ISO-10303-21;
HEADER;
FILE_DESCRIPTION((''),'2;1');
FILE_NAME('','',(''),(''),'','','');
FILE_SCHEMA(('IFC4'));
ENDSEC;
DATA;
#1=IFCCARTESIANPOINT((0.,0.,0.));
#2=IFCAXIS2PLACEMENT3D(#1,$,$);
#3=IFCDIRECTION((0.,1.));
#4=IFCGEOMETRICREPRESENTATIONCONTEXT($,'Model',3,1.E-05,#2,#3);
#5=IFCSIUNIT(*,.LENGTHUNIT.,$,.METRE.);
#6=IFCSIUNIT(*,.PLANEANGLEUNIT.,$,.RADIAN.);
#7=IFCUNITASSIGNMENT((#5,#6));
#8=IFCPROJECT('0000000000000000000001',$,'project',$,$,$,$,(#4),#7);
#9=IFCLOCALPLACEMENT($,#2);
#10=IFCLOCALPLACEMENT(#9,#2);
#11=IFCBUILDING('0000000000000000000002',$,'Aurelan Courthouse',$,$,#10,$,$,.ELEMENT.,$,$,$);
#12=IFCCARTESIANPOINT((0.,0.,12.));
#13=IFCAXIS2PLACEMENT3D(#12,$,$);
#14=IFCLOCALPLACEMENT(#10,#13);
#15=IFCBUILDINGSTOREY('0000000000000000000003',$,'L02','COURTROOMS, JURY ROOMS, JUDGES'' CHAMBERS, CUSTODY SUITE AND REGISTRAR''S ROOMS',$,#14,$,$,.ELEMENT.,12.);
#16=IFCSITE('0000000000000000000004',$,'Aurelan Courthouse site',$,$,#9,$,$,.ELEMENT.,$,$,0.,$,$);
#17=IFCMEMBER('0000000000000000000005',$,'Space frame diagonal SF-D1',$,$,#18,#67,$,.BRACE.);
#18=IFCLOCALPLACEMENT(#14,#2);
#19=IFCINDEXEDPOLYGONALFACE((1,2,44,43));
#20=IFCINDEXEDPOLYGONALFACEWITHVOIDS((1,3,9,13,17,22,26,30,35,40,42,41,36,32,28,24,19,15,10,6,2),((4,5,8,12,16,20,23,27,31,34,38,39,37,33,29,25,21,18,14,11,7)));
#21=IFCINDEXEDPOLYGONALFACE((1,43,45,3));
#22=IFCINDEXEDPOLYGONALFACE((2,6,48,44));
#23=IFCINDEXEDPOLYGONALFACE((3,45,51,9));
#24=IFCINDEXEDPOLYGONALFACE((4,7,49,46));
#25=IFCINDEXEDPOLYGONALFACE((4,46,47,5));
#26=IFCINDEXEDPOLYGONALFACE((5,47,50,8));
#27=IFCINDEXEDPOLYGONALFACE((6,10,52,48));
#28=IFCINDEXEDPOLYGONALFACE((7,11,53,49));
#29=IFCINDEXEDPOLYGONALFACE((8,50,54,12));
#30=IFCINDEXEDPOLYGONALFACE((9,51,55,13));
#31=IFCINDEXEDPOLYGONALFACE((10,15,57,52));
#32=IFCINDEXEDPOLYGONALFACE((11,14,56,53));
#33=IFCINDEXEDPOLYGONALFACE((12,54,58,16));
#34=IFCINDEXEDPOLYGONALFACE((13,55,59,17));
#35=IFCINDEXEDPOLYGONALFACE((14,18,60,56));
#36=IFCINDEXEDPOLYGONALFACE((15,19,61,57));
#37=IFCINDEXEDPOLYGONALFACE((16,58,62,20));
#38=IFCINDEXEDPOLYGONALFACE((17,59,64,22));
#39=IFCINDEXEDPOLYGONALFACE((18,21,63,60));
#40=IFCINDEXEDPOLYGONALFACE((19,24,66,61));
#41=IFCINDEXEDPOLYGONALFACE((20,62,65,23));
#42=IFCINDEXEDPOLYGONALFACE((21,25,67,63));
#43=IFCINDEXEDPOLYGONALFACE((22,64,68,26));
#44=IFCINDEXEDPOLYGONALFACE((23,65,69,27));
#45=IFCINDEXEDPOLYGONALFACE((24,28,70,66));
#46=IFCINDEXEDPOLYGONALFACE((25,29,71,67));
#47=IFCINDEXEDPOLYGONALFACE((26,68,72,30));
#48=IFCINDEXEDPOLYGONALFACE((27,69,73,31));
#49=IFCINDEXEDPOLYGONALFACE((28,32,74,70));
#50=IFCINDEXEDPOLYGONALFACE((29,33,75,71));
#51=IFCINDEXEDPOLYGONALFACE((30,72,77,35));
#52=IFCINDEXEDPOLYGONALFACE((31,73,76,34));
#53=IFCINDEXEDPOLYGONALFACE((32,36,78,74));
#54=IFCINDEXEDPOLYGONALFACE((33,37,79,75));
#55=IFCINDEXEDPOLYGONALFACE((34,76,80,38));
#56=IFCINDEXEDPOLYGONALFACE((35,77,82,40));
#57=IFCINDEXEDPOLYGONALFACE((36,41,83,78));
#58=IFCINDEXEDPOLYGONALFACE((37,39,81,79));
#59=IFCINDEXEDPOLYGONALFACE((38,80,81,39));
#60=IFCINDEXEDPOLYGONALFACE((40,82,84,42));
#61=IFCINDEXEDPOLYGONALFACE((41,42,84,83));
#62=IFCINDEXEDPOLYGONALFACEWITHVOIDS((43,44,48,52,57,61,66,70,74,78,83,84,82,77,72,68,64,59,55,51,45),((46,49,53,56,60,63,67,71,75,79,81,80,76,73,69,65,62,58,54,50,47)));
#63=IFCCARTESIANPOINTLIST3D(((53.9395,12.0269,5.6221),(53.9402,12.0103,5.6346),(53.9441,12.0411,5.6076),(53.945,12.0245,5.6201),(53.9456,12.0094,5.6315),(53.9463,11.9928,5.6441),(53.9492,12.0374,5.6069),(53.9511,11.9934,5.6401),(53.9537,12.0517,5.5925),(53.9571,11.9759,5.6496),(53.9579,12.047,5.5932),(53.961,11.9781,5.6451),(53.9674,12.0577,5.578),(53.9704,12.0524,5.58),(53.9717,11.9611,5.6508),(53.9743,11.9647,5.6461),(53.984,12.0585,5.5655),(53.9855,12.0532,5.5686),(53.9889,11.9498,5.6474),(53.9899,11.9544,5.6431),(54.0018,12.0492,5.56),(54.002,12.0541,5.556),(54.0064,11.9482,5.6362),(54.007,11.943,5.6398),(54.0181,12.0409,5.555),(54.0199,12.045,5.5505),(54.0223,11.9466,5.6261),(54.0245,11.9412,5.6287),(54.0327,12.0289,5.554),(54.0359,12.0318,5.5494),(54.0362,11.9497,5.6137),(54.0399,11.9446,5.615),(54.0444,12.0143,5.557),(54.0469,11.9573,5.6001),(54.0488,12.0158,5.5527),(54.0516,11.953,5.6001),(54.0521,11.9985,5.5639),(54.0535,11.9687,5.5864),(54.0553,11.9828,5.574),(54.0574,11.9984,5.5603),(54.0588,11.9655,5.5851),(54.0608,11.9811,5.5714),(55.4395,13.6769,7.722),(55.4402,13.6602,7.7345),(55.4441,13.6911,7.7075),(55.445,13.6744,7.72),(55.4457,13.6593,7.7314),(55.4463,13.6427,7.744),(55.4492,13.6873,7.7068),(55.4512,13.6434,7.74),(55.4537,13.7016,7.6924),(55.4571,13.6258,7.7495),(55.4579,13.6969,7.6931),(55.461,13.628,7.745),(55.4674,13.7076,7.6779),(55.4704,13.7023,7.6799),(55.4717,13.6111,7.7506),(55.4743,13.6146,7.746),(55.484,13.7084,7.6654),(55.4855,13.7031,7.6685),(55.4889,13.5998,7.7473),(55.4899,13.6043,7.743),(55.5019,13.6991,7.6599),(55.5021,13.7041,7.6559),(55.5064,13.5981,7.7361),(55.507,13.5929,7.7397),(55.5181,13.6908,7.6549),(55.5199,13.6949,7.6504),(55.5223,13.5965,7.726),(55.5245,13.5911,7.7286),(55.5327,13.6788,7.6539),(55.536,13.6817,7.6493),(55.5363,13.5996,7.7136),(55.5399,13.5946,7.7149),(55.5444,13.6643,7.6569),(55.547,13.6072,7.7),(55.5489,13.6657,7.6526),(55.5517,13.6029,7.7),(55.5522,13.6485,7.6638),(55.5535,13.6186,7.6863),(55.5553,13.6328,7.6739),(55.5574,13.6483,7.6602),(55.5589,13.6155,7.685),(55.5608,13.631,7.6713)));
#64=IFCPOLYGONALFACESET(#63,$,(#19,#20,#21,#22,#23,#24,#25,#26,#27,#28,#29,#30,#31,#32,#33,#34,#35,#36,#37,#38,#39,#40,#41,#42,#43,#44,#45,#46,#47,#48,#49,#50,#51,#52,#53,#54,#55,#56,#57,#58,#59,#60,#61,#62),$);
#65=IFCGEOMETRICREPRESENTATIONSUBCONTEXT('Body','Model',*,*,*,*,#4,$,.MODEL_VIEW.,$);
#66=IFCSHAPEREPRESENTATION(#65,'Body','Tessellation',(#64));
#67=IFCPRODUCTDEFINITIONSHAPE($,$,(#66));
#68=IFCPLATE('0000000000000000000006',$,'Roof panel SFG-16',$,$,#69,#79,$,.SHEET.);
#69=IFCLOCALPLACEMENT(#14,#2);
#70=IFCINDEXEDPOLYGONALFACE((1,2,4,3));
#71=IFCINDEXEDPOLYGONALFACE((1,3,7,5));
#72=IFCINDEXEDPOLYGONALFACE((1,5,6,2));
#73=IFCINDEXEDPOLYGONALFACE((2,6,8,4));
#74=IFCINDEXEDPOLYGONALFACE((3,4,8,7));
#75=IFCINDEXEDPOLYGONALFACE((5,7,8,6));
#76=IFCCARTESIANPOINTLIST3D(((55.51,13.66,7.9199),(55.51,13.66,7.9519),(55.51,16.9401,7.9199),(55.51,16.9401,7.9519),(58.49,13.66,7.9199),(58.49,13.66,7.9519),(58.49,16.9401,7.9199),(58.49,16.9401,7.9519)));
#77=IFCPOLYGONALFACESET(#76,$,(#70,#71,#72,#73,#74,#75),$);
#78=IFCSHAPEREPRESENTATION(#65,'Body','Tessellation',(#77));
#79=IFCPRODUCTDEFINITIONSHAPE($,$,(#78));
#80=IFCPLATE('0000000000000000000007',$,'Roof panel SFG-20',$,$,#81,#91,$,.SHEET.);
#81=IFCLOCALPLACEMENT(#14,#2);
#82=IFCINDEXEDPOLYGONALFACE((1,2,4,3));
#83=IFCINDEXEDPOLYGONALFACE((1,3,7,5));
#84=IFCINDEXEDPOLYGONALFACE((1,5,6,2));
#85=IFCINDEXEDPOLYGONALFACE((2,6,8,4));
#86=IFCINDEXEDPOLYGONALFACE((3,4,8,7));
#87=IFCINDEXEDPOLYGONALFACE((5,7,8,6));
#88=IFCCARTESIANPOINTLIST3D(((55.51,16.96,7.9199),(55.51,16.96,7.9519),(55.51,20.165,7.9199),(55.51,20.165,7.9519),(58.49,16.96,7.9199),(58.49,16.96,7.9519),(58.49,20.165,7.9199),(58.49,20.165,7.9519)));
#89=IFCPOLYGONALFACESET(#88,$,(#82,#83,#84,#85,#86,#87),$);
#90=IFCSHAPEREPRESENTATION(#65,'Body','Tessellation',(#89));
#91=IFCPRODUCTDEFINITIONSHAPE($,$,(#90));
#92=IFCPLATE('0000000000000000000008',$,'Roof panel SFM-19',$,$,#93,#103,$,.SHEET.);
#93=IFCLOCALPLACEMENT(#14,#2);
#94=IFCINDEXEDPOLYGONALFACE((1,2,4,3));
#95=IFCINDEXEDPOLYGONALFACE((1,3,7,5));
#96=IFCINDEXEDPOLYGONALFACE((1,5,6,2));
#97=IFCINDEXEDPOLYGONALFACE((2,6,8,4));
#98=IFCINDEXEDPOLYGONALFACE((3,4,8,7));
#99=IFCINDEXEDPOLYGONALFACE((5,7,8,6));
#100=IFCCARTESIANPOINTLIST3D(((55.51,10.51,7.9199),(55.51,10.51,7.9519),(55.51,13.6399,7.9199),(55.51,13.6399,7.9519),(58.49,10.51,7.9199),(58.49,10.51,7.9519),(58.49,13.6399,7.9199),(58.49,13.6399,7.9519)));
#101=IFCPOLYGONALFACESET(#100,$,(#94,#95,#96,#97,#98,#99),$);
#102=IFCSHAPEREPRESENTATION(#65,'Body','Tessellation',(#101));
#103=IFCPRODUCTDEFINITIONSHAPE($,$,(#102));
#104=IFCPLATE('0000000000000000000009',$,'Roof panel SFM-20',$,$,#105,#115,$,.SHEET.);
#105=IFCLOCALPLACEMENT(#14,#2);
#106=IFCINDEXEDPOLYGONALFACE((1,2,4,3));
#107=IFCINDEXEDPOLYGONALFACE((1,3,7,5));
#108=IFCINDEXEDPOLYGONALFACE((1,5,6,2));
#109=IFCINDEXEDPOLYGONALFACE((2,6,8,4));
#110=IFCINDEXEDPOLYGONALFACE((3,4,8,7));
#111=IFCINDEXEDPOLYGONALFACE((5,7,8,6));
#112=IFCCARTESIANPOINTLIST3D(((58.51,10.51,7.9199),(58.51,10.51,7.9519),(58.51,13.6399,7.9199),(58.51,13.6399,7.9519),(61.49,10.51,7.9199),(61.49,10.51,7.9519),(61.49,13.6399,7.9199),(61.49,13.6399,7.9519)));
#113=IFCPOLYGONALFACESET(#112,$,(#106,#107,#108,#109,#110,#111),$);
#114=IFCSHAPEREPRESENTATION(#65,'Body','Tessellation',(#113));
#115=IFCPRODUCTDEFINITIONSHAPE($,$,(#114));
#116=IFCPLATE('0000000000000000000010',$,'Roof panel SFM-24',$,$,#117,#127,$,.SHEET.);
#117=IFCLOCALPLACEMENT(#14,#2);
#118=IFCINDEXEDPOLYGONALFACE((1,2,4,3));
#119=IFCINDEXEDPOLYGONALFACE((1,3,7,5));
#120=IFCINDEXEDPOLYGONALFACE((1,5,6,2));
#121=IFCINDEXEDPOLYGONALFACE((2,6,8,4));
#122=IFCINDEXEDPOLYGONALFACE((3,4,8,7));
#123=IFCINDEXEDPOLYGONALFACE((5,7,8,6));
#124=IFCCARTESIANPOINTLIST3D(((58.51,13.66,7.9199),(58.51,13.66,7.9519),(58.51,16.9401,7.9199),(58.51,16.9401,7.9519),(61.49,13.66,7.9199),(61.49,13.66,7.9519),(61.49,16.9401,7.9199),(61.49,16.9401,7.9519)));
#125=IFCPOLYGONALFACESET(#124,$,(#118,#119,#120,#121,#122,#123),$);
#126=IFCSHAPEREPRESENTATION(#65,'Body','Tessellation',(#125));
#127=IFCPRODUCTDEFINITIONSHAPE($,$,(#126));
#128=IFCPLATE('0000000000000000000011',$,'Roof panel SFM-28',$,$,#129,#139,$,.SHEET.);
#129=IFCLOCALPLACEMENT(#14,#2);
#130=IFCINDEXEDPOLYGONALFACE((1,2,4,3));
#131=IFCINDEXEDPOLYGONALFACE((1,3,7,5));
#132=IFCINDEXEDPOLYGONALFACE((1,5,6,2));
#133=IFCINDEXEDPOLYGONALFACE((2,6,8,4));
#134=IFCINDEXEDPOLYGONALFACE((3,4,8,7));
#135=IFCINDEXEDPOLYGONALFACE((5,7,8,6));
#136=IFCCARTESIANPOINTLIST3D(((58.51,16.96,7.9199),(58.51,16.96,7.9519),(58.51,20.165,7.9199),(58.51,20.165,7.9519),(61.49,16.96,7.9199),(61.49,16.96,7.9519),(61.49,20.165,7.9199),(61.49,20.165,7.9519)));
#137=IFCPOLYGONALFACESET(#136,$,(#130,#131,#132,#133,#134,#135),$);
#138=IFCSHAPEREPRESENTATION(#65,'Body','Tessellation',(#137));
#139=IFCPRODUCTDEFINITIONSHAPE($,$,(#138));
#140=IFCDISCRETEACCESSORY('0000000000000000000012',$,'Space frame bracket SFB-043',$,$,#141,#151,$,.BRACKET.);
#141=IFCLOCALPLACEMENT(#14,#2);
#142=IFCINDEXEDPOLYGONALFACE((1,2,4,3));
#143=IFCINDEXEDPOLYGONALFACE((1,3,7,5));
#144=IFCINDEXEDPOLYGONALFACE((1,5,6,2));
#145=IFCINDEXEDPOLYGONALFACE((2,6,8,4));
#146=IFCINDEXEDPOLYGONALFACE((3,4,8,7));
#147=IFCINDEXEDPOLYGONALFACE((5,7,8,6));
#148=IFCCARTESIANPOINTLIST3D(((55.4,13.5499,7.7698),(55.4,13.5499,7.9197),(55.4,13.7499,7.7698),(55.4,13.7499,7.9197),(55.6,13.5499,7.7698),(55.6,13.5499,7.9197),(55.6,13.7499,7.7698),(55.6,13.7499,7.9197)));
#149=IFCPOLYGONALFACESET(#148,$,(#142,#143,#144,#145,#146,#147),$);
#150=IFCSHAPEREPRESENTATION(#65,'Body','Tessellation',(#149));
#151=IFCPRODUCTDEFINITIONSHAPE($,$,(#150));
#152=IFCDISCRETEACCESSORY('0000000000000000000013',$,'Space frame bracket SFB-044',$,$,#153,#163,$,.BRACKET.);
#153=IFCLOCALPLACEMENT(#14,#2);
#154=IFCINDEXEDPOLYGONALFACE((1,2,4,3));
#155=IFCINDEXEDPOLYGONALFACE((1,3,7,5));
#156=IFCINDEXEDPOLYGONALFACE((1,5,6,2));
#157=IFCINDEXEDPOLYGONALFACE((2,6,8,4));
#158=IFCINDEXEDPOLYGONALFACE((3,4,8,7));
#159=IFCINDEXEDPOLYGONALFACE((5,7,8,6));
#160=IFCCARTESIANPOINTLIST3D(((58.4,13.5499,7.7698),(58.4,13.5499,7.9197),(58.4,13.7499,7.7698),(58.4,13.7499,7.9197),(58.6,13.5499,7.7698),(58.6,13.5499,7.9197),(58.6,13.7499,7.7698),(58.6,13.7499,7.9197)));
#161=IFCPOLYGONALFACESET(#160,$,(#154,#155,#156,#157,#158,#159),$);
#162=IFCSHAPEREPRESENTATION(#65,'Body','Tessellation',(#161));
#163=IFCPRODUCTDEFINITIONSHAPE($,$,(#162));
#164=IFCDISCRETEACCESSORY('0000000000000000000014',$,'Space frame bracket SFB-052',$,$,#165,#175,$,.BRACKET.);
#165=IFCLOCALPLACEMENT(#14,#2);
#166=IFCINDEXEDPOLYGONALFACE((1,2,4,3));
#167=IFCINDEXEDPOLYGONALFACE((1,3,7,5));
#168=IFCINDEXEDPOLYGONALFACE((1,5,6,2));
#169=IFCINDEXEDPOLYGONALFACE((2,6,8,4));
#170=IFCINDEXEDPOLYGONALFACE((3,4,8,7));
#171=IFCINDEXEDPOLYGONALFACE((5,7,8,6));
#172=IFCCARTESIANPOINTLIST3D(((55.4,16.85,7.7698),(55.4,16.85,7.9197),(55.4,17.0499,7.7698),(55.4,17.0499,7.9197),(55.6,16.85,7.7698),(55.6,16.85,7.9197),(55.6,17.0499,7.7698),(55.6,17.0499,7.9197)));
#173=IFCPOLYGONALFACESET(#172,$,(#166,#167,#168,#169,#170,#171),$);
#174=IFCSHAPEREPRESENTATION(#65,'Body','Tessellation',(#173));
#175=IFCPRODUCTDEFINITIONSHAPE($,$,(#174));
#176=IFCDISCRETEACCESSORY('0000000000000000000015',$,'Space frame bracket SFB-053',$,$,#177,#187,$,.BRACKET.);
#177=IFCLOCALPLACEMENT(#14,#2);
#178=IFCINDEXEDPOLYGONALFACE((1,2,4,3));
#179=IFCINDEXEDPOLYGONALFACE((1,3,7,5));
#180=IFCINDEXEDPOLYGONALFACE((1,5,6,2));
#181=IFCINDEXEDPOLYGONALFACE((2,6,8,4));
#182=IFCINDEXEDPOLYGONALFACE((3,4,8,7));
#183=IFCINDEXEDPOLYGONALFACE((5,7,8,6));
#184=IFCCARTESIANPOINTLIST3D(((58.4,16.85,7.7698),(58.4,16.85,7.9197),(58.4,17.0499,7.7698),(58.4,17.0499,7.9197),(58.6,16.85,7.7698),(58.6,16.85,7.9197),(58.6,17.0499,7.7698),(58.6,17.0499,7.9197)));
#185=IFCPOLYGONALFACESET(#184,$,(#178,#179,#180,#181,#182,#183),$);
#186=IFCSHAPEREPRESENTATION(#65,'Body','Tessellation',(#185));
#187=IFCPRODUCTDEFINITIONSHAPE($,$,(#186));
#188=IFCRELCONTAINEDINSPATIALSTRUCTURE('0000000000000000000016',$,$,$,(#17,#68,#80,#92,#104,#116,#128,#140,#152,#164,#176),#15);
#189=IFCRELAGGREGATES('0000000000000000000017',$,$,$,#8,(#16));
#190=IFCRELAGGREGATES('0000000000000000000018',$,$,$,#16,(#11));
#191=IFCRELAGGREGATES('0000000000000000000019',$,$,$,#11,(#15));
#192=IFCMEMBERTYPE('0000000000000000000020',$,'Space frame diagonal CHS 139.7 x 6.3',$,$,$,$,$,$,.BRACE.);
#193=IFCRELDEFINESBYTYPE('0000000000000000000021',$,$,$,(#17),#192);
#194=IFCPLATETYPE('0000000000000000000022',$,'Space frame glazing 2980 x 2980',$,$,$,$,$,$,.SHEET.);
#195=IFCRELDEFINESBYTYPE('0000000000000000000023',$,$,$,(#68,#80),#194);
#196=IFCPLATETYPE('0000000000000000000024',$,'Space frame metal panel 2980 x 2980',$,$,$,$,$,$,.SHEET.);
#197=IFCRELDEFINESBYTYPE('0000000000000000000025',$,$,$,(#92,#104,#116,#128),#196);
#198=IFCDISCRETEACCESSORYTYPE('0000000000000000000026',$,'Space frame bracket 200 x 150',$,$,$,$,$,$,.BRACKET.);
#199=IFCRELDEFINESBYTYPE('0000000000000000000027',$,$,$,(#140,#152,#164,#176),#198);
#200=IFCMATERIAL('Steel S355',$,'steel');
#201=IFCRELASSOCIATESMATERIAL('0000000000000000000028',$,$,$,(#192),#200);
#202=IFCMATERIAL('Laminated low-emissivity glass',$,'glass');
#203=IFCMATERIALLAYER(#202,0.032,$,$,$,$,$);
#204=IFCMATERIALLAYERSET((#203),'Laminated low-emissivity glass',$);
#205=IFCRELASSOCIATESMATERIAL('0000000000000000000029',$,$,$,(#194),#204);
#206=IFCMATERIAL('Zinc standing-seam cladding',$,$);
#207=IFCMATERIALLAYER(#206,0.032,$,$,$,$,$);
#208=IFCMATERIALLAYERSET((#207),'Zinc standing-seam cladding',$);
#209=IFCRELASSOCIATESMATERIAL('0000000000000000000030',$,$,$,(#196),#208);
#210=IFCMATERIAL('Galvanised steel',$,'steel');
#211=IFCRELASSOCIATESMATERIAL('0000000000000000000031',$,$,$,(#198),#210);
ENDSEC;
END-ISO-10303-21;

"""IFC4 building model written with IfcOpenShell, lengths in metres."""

from ifc_helpers import new_model, si_unit, direction, frame, origin, origin_2d, place, context, subcontext, project, spatial, rectangle, hollow_circle, extrude, material, layer, layer_set, material_profile, profile_set, type_object, element, save


model = new_model("IFC4")

# Units and contexts
model_context = context("Model", 3, precision=1e-05, world=origin(), true_north=direction((0.0, 1.0)))
body_context = subcontext(model_context, "Body", "Model", "MODEL_VIEW")
ifc_project = project(units=[si_unit("LENGTHUNIT", "METRE"), si_unit("PLANEANGLEUNIT", "RADIAN")], contexts=[model_context])

# Site, building, storey
site_placement = place(None, origin())
site = spatial("IfcSite", under=ifc_project, at=site_placement, Name="Aurelan Courthouse site", CompositionType="ELEMENT", RefElevation=0.0)
building_placement = place(site_placement, origin())
building = spatial("IfcBuilding", under=site, at=building_placement, Name="Aurelan Courthouse", CompositionType="ELEMENT")
storey_placement = place(building_placement, frame((0.0, 0.0, 12.0)))
storey = spatial("IfcBuildingStorey", under=building, at=storey_placement, Name="L02", Description="COURTROOMS, JURY ROOMS, JUDGES' CHAMBERS, CUSTODY SUITE AND REGISTRAR'S ROOMS", CompositionType="ELEMENT", Elevation=12.0)

# Member
ifc_material_1 = material(Name="Steel S355", Category="steel")
ifc_material_profile_1 = material_profile(ifc_material_1, hollow_circle(Radius=0.0698, WallThickness=0.0063, at=origin_2d()), Name="CHS 139.7 x 6.3")
ifc_profile_set_1 = profile_set([ifc_material_profile_1], Name="Steel S355")
member_type_1 = type_object("IfcMemberType", Name="Space frame diagonal CHS 139.7 x 6.3", PredefinedType="BRACE", material=ifc_profile_set_1)
member_1_placement = place(storey_placement, frame((55.5, 13.6499, 7.7), z_axis=(-0.489727, -0.538667, -0.685569), x_axis=(0.73992, -0.672695, 0.0)))
element("IfcMember", 1, at=member_1_placement, inside=storey, type_object=member_type_1, Name="Space frame diagonal SF-D1", PredefinedType="BRACE", context=body_context, shape_type="SweptSolid", body=[
    extrude(hollow_circle(Radius=0.0698, WallThickness=0.0063, at=origin_2d()), origin(), (0.0, 0.0, 1.0), 3.063),
])

# Plates
ifc_material_2 = material(Name="Laminated low-emissivity glass", Category="glass")
ifc_layer_1 = layer(ifc_material_2, 0.032)
ifc_layer_set_1 = layer_set([ifc_layer_1], Name="Laminated low-emissivity glass")
plate_type_1 = type_object("IfcPlateType", Name="Space frame glazing 2980 x 2980", PredefinedType="SHEET", material=ifc_layer_set_1)
plate_1_placement = place(storey_placement, frame((57.0, 15.3, 7.9199), z_axis=(0.0, 0.0, 1.0), x_axis=(1.0, 0.0, 0.0)))
element("IfcPlate", 2, at=plate_1_placement, inside=storey, type_object=plate_type_1, Name="Roof panel SFG-16", PredefinedType="SHEET", context=body_context, shape_type="SweptSolid", body=[
    extrude(rectangle(XDim=2.98, YDim=3.28, at=origin_2d()), origin(), (0.0, 0.0, 1.0), 0.032),
])
plate_2_placement = place(storey_placement, frame((57.0, 18.5625, 7.9199), z_axis=(0.0, 0.0, 1.0), x_axis=(1.0, 0.0, 0.0)))
element("IfcPlate", 3, at=plate_2_placement, inside=storey, type_object=plate_type_1, Name="Roof panel SFG-20", PredefinedType="SHEET", context=body_context, shape_type="SweptSolid", body=[
    extrude(rectangle(XDim=2.98, YDim=3.2051, at=origin_2d()), origin(), (0.0, 0.0, 1.0), 0.032),
])
ifc_material_3 = material(Name="Zinc standing-seam cladding")
ifc_layer_2 = layer(ifc_material_3, 0.032)
ifc_layer_set_2 = layer_set([ifc_layer_2], Name="Zinc standing-seam cladding")
plate_type_2 = type_object("IfcPlateType", Name="Space frame metal panel 2980 x 2980", PredefinedType="SHEET", material=ifc_layer_set_2)
for number, where, z_axis, x_axis, name in (
    (4, (57.0, 12.075, 7.9199), (0.0, 0.0, 1.0), (1.0, 0.0, 0.0), "Roof panel SFM-19"),
    (5, (60.0, 12.075, 7.9199), (0.0, 0.0, 1.0), (1.0, 0.0, 0.0), "Roof panel SFM-20"),
):
    element("IfcPlate", number, at=place(storey_placement, frame(where, z_axis=z_axis, x_axis=x_axis)), inside=storey, type_object=plate_type_2, Name=name, PredefinedType="SHEET", context=body_context, shape_type="SweptSolid", body=[
        extrude(rectangle(XDim=2.98, YDim=3.1299, at=origin_2d()), origin(), (0.0, 0.0, 1.0), 0.032),
    ])
plate_3_placement = place(storey_placement, frame((60.0, 15.3, 7.9199), z_axis=(0.0, 0.0, 1.0), x_axis=(1.0, 0.0, 0.0)))
element("IfcPlate", 6, at=plate_3_placement, inside=storey, type_object=plate_type_2, Name="Roof panel SFM-24", PredefinedType="SHEET", context=body_context, shape_type="SweptSolid", body=[
    extrude(rectangle(XDim=2.98, YDim=3.28, at=origin_2d()), origin(), (0.0, 0.0, 1.0), 0.032),
])
plate_4_placement = place(storey_placement, frame((60.0, 18.5625, 7.9199), z_axis=(0.0, 0.0, 1.0), x_axis=(1.0, 0.0, 0.0)))
element("IfcPlate", 7, at=plate_4_placement, inside=storey, type_object=plate_type_2, Name="Roof panel SFM-28", PredefinedType="SHEET", context=body_context, shape_type="SweptSolid", body=[
    extrude(rectangle(XDim=2.98, YDim=3.2051, at=origin_2d()), origin(), (0.0, 0.0, 1.0), 0.032),
])

# Discrete accessories
ifc_material_4 = material(Name="Galvanised steel", Category="steel")
discrete_accessory_type = type_object("IfcDiscreteAccessoryType", Name="Space frame bracket 200 x 150", PredefinedType="BRACKET", material=ifc_material_4)
for number, where, z_axis, x_axis, name in (
    (8, (55.5, 13.6499, 7.7698), (0.0, 0.0, 1.0), (1.0, 0.0, 0.0), "Space frame bracket SFB-043"),
    (9, (58.5, 13.6499, 7.7698), (0.0, 0.0, 1.0), (1.0, 0.0, 0.0), "Space frame bracket SFB-044"),
    (10, (55.5, 16.95, 7.7698), (0.0, 0.0, 1.0), (1.0, 0.0, 0.0), "Space frame bracket SFB-052"),
    (11, (58.5, 16.95, 7.7698), (0.0, 0.0, 1.0), (1.0, 0.0, 0.0), "Space frame bracket SFB-053"),
):
    element("IfcDiscreteAccessory", number, at=place(storey_placement, frame(where, z_axis=z_axis, x_axis=x_axis)), inside=storey, type_object=discrete_accessory_type, Name=name, PredefinedType="BRACKET", context=body_context, shape_type="SweptSolid", body=[
        extrude(rectangle(XDim=0.2, YDim=0.2, at=origin_2d()), origin(), (0.0, 0.0, 1.0), 0.1499),
    ])

save(model, "model.ifc")
